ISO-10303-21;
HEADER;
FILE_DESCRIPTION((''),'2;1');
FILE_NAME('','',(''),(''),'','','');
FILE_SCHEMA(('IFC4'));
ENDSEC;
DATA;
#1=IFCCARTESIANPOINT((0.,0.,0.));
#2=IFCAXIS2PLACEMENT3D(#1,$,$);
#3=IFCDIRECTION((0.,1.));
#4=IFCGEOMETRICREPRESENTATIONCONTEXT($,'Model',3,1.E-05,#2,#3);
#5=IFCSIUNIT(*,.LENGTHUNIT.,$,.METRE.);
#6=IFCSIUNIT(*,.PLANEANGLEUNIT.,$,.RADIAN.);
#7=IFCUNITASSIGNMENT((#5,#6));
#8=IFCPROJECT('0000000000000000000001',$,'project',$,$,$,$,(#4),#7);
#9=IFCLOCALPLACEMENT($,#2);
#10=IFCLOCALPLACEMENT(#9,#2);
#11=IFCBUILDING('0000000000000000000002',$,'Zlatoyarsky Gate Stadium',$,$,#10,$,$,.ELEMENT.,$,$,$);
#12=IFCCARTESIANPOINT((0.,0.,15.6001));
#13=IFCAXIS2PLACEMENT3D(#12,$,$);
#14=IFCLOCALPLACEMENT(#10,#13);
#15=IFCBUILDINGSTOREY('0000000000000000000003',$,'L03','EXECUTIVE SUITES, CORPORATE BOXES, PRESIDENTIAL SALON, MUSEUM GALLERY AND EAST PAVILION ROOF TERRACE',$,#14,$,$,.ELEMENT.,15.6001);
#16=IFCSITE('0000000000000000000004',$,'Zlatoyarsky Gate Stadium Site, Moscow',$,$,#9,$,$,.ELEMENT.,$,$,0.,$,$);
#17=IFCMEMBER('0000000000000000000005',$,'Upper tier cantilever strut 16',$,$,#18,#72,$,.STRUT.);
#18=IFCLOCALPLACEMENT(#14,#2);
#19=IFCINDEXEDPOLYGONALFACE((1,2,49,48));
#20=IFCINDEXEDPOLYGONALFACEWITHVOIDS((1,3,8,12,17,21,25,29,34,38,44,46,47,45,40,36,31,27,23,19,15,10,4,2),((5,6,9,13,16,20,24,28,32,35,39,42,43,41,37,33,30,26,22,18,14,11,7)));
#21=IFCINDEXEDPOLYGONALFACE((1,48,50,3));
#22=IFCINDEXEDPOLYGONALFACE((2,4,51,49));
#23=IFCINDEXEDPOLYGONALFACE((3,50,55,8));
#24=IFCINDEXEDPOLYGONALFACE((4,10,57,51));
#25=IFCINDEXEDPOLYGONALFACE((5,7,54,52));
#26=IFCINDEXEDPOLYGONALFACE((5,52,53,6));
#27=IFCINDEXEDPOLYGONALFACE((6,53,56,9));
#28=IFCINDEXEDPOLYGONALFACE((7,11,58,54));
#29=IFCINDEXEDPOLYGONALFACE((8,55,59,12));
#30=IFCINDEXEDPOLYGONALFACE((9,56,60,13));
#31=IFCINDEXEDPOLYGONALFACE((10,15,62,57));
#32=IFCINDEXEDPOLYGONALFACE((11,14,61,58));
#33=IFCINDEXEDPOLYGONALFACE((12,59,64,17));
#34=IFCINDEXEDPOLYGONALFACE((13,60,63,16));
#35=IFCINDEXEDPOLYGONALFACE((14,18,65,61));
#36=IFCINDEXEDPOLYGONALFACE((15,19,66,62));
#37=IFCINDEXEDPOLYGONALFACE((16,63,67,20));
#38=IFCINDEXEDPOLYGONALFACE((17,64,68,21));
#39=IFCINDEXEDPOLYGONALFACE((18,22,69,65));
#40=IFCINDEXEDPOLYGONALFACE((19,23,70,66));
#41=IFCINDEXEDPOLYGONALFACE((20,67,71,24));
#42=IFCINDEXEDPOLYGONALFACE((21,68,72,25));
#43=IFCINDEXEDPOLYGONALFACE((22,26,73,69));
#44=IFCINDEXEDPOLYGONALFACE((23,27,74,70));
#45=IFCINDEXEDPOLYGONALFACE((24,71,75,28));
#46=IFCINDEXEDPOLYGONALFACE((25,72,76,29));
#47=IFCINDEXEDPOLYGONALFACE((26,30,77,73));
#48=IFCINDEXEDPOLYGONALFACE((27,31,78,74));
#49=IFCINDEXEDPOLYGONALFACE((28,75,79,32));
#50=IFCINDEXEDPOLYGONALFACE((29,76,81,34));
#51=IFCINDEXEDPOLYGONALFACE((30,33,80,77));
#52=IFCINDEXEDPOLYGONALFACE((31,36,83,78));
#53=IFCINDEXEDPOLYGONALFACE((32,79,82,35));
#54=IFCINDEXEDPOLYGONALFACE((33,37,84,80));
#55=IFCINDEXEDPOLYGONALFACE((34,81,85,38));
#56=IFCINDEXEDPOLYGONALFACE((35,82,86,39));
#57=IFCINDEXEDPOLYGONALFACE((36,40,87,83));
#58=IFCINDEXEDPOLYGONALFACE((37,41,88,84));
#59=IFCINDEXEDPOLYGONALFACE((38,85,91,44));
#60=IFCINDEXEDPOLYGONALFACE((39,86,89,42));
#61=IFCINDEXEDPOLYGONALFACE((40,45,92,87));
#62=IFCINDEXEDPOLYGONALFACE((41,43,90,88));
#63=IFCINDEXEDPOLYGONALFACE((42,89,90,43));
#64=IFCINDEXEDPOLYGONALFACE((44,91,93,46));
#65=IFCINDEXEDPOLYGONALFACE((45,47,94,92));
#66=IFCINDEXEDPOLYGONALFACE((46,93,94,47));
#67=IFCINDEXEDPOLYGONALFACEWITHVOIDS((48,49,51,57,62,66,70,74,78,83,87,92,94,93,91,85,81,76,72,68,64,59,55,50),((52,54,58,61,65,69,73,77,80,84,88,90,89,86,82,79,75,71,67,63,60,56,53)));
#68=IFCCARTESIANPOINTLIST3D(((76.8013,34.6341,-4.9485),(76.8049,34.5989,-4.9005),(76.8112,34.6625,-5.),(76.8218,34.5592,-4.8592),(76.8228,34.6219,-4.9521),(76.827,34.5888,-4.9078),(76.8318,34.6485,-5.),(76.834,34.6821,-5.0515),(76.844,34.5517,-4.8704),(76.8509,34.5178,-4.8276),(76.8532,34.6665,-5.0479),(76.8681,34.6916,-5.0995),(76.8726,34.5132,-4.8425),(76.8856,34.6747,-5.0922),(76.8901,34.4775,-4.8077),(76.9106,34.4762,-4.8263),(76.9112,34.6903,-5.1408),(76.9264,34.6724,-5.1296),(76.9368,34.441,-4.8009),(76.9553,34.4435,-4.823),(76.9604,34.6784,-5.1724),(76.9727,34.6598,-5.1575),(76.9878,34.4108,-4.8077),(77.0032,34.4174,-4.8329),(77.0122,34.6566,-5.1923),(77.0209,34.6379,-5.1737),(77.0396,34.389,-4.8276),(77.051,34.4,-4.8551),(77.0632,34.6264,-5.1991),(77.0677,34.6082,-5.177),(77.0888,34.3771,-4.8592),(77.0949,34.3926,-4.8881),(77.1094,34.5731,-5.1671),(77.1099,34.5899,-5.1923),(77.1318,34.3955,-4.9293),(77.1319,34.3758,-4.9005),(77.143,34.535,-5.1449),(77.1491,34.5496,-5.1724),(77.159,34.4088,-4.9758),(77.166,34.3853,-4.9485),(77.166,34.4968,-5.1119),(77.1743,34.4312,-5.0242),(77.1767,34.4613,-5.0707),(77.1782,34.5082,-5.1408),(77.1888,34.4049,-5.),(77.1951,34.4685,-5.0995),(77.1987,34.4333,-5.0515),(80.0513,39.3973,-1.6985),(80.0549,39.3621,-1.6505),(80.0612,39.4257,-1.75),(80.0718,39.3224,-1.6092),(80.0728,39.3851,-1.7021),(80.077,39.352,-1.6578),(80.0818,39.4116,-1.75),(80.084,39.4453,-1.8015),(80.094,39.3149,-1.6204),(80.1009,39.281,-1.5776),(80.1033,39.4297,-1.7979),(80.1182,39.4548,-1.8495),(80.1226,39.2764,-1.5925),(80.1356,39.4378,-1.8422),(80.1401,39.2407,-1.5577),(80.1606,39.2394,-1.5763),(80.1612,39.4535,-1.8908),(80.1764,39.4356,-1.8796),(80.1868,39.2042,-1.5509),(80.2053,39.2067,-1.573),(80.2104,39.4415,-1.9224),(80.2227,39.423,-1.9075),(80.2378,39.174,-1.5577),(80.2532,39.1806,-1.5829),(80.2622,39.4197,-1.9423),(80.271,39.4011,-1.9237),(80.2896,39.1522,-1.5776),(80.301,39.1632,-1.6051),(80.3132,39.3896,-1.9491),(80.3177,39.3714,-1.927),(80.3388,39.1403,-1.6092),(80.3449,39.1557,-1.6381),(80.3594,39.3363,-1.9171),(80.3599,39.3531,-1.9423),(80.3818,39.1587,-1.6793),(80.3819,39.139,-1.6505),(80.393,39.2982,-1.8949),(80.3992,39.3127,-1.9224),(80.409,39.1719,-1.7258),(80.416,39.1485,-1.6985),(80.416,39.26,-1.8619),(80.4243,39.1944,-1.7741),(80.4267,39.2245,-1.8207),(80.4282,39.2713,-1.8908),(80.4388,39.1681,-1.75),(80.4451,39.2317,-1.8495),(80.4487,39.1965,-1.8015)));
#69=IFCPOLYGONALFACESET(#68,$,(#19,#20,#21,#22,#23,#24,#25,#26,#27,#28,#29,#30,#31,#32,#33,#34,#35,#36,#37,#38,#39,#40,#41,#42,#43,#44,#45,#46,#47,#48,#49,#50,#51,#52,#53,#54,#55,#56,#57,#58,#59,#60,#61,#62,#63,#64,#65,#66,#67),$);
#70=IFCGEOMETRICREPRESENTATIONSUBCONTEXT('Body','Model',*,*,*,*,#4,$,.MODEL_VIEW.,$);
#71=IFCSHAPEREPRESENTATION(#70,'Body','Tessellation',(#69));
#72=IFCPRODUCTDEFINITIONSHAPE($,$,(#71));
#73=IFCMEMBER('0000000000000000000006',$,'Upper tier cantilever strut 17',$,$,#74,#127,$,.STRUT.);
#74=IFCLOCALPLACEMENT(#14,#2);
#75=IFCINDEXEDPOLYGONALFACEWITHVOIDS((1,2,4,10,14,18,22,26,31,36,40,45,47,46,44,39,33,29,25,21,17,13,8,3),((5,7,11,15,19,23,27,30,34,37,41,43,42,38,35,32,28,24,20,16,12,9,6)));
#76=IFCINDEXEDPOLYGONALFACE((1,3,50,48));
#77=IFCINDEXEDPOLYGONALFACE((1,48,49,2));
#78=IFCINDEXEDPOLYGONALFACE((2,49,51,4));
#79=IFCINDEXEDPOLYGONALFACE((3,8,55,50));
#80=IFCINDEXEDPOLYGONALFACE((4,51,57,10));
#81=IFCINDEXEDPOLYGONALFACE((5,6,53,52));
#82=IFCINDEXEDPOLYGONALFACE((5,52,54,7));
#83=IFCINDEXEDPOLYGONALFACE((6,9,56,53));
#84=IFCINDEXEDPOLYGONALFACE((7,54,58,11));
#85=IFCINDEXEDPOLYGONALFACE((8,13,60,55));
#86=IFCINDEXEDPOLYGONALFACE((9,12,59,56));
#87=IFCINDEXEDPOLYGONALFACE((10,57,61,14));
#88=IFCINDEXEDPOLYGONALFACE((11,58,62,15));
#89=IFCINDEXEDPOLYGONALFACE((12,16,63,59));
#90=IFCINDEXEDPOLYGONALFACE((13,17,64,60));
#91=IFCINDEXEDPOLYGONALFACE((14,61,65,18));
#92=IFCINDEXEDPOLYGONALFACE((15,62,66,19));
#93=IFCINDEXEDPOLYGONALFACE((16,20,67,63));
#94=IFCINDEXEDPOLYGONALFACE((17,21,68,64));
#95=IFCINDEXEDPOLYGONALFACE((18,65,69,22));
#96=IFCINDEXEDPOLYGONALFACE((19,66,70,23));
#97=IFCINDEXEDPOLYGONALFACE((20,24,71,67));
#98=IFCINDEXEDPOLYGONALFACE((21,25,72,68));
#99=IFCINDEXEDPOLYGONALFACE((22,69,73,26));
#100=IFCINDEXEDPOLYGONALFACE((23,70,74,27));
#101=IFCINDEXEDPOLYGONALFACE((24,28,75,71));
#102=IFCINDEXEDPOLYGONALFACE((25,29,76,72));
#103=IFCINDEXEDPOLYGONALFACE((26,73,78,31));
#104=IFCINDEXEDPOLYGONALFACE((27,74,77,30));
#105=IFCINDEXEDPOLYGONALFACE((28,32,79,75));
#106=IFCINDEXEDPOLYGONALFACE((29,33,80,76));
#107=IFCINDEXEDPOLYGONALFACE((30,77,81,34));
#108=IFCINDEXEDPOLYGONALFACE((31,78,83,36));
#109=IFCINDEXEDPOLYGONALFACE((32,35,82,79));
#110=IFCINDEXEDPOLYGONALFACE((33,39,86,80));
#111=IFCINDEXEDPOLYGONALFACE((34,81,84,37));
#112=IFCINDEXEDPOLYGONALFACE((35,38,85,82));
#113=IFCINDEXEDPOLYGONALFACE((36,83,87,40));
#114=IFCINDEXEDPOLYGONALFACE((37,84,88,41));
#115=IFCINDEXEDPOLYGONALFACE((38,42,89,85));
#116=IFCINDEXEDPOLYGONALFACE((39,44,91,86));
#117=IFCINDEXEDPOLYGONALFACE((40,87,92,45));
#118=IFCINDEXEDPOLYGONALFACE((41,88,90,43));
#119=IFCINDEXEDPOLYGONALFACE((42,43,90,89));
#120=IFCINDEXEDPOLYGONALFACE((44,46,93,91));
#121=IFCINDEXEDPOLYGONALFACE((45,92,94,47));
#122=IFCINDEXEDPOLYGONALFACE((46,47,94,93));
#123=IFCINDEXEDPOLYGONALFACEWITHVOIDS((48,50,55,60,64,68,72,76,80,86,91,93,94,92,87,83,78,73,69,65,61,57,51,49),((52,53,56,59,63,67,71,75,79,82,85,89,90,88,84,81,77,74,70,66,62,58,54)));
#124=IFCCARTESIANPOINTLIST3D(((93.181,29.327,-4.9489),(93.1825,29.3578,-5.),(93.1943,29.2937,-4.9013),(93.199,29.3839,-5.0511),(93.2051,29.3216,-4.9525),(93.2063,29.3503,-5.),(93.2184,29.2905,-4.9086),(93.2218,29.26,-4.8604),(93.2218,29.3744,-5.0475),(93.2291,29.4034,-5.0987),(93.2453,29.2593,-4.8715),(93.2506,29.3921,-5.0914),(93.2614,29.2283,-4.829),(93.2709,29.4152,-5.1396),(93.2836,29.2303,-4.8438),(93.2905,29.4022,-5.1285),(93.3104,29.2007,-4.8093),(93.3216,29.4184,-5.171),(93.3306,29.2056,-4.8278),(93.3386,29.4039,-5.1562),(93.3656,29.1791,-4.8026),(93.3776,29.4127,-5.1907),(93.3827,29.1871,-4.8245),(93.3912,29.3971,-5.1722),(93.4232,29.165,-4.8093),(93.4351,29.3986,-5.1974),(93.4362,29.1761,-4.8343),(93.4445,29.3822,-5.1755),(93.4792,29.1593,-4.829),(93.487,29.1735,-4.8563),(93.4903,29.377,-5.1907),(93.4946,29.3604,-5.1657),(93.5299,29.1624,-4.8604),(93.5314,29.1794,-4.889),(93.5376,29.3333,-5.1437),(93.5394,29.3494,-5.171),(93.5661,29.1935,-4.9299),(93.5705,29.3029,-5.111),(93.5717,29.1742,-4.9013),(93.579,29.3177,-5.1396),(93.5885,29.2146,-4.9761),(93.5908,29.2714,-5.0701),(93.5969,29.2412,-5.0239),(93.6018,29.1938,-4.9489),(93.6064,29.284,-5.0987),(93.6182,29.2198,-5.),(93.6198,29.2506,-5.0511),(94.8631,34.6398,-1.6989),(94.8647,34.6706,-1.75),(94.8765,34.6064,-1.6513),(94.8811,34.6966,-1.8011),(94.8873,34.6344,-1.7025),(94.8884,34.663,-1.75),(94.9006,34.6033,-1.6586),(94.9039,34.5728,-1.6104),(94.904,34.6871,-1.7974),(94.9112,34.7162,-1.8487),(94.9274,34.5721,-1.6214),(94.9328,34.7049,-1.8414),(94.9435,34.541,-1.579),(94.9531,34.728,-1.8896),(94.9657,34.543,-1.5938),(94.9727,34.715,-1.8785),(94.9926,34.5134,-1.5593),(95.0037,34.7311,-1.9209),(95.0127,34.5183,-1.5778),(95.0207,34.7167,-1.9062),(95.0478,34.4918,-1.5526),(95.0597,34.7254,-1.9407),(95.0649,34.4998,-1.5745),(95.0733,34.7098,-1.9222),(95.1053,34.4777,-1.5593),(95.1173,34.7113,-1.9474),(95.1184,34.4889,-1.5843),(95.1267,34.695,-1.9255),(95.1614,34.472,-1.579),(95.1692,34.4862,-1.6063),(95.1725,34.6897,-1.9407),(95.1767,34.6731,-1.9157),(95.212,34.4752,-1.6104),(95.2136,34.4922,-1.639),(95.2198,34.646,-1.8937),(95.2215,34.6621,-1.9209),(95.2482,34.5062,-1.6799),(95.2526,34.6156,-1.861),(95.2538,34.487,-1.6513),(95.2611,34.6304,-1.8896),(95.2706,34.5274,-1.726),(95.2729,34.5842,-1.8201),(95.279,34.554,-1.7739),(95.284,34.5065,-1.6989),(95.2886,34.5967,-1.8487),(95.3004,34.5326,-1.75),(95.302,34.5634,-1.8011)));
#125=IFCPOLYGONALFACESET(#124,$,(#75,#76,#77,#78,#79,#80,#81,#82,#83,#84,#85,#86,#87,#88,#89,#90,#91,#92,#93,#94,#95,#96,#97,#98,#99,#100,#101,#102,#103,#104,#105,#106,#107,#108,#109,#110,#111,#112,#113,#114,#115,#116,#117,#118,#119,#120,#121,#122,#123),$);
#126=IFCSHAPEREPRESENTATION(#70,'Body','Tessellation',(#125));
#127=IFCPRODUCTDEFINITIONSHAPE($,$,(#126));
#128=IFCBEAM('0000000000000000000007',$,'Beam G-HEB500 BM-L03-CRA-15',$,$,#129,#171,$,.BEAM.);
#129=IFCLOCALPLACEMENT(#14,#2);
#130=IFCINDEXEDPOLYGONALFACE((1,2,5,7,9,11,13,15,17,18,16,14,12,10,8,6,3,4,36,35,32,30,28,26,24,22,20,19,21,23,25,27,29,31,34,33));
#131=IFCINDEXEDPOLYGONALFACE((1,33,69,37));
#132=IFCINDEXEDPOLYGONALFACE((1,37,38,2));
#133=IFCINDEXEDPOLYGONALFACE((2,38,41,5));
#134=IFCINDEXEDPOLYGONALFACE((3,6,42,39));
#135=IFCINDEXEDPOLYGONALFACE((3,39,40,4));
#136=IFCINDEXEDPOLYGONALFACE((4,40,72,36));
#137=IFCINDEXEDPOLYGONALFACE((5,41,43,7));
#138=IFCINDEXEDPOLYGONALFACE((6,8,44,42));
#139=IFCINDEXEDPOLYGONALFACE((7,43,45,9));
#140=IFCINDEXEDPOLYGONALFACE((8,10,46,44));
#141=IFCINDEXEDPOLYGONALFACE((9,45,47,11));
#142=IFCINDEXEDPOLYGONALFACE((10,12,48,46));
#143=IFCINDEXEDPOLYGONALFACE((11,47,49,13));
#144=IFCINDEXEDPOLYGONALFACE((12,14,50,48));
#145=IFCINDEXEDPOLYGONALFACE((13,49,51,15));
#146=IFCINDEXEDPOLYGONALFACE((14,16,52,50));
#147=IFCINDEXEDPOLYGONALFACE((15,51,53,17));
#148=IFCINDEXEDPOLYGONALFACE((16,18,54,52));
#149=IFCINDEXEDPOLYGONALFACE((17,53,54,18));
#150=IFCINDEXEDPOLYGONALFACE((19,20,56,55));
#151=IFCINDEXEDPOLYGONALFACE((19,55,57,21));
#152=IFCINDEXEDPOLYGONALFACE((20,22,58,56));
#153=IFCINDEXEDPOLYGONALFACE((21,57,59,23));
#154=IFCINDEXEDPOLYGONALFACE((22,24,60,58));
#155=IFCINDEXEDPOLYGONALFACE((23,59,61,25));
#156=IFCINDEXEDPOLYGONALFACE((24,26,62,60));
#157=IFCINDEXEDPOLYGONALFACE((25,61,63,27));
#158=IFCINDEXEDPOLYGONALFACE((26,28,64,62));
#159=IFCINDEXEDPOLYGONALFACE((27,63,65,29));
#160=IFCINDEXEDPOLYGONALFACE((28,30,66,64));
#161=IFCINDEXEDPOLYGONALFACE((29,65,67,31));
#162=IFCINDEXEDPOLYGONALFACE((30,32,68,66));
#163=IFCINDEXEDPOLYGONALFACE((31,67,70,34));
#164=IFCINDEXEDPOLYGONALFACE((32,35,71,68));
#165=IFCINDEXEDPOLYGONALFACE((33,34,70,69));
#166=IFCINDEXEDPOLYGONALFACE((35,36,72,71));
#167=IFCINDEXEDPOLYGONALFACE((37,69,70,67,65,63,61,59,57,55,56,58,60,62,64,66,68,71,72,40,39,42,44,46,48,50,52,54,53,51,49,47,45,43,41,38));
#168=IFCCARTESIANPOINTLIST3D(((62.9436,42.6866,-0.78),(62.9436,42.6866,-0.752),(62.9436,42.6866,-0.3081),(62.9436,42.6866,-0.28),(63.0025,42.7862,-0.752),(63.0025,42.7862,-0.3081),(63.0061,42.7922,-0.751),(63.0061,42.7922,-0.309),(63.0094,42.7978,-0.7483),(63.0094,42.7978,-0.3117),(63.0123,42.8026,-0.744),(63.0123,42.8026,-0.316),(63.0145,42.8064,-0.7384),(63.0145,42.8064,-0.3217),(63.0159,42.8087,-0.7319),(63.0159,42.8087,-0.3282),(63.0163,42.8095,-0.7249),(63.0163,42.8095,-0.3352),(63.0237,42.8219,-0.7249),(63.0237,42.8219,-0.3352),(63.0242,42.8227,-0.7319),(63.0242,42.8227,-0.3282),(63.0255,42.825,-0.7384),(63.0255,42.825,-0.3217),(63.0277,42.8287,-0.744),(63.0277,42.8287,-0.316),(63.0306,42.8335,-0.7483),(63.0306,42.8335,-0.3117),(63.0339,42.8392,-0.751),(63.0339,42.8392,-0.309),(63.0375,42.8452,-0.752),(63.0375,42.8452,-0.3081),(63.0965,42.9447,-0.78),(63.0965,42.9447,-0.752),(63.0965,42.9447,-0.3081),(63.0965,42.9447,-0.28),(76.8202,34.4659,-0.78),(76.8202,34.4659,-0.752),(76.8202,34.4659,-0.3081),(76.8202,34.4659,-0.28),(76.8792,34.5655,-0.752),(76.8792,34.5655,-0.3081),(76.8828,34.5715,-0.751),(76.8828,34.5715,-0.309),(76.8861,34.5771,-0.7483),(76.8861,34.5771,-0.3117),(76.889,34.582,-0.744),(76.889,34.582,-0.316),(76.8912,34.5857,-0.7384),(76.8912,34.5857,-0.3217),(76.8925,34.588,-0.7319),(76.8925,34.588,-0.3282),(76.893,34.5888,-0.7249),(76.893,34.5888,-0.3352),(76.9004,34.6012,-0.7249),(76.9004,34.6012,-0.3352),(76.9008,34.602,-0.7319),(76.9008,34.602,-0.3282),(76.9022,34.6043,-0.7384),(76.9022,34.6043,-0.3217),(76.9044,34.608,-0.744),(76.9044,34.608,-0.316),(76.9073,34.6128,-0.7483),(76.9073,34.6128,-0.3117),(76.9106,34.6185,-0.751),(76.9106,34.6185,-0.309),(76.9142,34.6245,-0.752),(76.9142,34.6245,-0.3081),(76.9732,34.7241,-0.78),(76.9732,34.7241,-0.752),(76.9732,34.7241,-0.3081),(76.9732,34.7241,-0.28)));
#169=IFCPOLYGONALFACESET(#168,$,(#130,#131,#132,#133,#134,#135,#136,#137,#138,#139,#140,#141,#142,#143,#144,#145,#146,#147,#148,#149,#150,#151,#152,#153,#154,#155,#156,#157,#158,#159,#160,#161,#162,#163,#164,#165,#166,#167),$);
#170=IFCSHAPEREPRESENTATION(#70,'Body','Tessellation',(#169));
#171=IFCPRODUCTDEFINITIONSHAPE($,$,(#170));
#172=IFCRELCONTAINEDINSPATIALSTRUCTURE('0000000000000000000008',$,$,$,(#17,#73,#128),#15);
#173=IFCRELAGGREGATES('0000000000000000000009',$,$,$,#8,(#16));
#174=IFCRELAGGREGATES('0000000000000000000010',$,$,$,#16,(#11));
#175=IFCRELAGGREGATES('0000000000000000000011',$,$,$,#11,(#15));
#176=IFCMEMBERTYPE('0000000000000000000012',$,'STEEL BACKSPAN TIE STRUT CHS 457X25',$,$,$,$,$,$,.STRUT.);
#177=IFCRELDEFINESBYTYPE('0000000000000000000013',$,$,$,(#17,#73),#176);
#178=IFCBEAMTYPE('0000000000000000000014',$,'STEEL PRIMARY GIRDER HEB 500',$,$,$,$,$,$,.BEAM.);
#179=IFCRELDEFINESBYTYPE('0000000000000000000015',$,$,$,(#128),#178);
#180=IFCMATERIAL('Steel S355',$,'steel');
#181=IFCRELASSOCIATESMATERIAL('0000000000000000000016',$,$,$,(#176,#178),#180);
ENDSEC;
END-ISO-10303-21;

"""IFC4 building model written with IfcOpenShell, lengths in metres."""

from ifc_helpers import new_model, si_unit, direction, frame, origin, origin_2d, place, context, subcontext, project, spatial, hollow_circle, i_section, extrude, material, material_profile, profile_set, type_object, element, save


model = new_model("IFC4")

# Units and contexts
model_context = context("Model", 3, precision=1e-05, world=origin(), true_north=direction((0.0, 1.0)))
body_context = subcontext(model_context, "Body", "Model", "MODEL_VIEW")
ifc_project = project(units=[si_unit("LENGTHUNIT", "METRE"), si_unit("PLANEANGLEUNIT", "RADIAN")], contexts=[model_context])

# Site, building, storey
site_placement = place(None, origin())
site = spatial("IfcSite", under=ifc_project, at=site_placement, Name="Zlatoyarsky Gate Stadium Site, Moscow", CompositionType="ELEMENT", RefElevation=0.0)
building_placement = place(site_placement, origin())
building = spatial("IfcBuilding", under=site, at=building_placement, Name="Zlatoyarsky Gate Stadium", CompositionType="ELEMENT")
storey_placement = place(building_placement, frame((0.0, 0.0, 15.6001)))
storey = spatial("IfcBuildingStorey", under=building, at=storey_placement, Name="L03", Description="EXECUTIVE SUITES, CORPORATE BOXES, PRESIDENTIAL SALON, MUSEUM GALLERY AND EAST PAVILION ROOF TERRACE", CompositionType="ELEMENT", Elevation=15.6001)

# Shared definitions
ifc_material_1 = material(Name="Steel S355", Category="steel")

# Members
ifc_material_profile_1 = material_profile(ifc_material_1, hollow_circle(Radius=0.2285, WallThickness=0.0249, at=origin_2d()), Name="CHS 457X25")
ifc_profile_set_1 = profile_set([ifc_material_profile_1], Name="Steel S355")
member_type = type_object("IfcMemberType", Name="STEEL BACKSPAN TIE STRUT CHS 457X25", PredefinedType="STRUT", material=ifc_profile_set_1)
member_1_placement = place(storey_placement, frame((77.0, 34.5337, -5.0), z_axis=(0.491001, 0.719608, 0.491001), x_axis=(-0.826036, 0.563618, 0.0)))
element("IfcMember", 1, at=member_1_placement, inside=storey, type_object=member_type, Name="Upper tier cantilever strut 16", PredefinedType="STRUT", context=body_context, shape_type="SweptSolid", body=[
    extrude(hollow_circle(Radius=0.2285, WallThickness=0.0249, at=origin_2d()), origin(), (0.0, 0.0, 1.0), 6.6191),
])
member_2_placement = place(storey_placement, frame((93.4004, 29.2888, -5.0), z_axis=(0.260749, 0.823535, 0.503786), x_axis=(-0.953355, 0.301853, 0.0)))
element("IfcMember", 2, at=member_2_placement, inside=storey, type_object=member_type, Name="Upper tier cantilever strut 17", PredefinedType="STRUT", context=body_context, shape_type="SweptSolid", body=[
    extrude(hollow_circle(Radius=0.2285, WallThickness=0.0249, at=origin_2d()), origin(), (0.0, 0.0, 1.0), 6.4512),
])

# Beam
ifc_material_profile_2 = material_profile(ifc_material_1, i_section(OverallWidth=0.3, OverallDepth=0.5, WebThickness=0.0144, FlangeThickness=0.0281, FilletRadius=0.0271, at=origin_2d()), Name="HEB 500")
ifc_profile_set_2 = profile_set([ifc_material_profile_2], Name="Steel S355")
beam_type_1 = type_object("IfcBeamType", Name="STEEL PRIMARY GIRDER HEB 500", PredefinedType="BEAM", material=ifc_profile_set_2)
beam_1_placement = place(storey_placement, frame((63.02, 42.8157, -0.53), z_axis=(0.86036, -0.509686, 0.0), x_axis=(0.509686, 0.86036, 0.0)))
element("IfcBeam", 3, at=beam_1_placement, inside=storey, type_object=beam_type_1, Name="Beam G-HEB500 BM-L03-CRA-15", PredefinedType="BEAM", context=body_context, shape_type="SweptSolid", body=[
    extrude(i_section(OverallWidth=0.3, OverallDepth=0.5, WebThickness=0.0144, FlangeThickness=0.0281, FilletRadius=0.0271, at=origin_2d()), origin(), (0.0, 0.0, 1.0), 16.1289),
])

save(model, "model.ifc")
